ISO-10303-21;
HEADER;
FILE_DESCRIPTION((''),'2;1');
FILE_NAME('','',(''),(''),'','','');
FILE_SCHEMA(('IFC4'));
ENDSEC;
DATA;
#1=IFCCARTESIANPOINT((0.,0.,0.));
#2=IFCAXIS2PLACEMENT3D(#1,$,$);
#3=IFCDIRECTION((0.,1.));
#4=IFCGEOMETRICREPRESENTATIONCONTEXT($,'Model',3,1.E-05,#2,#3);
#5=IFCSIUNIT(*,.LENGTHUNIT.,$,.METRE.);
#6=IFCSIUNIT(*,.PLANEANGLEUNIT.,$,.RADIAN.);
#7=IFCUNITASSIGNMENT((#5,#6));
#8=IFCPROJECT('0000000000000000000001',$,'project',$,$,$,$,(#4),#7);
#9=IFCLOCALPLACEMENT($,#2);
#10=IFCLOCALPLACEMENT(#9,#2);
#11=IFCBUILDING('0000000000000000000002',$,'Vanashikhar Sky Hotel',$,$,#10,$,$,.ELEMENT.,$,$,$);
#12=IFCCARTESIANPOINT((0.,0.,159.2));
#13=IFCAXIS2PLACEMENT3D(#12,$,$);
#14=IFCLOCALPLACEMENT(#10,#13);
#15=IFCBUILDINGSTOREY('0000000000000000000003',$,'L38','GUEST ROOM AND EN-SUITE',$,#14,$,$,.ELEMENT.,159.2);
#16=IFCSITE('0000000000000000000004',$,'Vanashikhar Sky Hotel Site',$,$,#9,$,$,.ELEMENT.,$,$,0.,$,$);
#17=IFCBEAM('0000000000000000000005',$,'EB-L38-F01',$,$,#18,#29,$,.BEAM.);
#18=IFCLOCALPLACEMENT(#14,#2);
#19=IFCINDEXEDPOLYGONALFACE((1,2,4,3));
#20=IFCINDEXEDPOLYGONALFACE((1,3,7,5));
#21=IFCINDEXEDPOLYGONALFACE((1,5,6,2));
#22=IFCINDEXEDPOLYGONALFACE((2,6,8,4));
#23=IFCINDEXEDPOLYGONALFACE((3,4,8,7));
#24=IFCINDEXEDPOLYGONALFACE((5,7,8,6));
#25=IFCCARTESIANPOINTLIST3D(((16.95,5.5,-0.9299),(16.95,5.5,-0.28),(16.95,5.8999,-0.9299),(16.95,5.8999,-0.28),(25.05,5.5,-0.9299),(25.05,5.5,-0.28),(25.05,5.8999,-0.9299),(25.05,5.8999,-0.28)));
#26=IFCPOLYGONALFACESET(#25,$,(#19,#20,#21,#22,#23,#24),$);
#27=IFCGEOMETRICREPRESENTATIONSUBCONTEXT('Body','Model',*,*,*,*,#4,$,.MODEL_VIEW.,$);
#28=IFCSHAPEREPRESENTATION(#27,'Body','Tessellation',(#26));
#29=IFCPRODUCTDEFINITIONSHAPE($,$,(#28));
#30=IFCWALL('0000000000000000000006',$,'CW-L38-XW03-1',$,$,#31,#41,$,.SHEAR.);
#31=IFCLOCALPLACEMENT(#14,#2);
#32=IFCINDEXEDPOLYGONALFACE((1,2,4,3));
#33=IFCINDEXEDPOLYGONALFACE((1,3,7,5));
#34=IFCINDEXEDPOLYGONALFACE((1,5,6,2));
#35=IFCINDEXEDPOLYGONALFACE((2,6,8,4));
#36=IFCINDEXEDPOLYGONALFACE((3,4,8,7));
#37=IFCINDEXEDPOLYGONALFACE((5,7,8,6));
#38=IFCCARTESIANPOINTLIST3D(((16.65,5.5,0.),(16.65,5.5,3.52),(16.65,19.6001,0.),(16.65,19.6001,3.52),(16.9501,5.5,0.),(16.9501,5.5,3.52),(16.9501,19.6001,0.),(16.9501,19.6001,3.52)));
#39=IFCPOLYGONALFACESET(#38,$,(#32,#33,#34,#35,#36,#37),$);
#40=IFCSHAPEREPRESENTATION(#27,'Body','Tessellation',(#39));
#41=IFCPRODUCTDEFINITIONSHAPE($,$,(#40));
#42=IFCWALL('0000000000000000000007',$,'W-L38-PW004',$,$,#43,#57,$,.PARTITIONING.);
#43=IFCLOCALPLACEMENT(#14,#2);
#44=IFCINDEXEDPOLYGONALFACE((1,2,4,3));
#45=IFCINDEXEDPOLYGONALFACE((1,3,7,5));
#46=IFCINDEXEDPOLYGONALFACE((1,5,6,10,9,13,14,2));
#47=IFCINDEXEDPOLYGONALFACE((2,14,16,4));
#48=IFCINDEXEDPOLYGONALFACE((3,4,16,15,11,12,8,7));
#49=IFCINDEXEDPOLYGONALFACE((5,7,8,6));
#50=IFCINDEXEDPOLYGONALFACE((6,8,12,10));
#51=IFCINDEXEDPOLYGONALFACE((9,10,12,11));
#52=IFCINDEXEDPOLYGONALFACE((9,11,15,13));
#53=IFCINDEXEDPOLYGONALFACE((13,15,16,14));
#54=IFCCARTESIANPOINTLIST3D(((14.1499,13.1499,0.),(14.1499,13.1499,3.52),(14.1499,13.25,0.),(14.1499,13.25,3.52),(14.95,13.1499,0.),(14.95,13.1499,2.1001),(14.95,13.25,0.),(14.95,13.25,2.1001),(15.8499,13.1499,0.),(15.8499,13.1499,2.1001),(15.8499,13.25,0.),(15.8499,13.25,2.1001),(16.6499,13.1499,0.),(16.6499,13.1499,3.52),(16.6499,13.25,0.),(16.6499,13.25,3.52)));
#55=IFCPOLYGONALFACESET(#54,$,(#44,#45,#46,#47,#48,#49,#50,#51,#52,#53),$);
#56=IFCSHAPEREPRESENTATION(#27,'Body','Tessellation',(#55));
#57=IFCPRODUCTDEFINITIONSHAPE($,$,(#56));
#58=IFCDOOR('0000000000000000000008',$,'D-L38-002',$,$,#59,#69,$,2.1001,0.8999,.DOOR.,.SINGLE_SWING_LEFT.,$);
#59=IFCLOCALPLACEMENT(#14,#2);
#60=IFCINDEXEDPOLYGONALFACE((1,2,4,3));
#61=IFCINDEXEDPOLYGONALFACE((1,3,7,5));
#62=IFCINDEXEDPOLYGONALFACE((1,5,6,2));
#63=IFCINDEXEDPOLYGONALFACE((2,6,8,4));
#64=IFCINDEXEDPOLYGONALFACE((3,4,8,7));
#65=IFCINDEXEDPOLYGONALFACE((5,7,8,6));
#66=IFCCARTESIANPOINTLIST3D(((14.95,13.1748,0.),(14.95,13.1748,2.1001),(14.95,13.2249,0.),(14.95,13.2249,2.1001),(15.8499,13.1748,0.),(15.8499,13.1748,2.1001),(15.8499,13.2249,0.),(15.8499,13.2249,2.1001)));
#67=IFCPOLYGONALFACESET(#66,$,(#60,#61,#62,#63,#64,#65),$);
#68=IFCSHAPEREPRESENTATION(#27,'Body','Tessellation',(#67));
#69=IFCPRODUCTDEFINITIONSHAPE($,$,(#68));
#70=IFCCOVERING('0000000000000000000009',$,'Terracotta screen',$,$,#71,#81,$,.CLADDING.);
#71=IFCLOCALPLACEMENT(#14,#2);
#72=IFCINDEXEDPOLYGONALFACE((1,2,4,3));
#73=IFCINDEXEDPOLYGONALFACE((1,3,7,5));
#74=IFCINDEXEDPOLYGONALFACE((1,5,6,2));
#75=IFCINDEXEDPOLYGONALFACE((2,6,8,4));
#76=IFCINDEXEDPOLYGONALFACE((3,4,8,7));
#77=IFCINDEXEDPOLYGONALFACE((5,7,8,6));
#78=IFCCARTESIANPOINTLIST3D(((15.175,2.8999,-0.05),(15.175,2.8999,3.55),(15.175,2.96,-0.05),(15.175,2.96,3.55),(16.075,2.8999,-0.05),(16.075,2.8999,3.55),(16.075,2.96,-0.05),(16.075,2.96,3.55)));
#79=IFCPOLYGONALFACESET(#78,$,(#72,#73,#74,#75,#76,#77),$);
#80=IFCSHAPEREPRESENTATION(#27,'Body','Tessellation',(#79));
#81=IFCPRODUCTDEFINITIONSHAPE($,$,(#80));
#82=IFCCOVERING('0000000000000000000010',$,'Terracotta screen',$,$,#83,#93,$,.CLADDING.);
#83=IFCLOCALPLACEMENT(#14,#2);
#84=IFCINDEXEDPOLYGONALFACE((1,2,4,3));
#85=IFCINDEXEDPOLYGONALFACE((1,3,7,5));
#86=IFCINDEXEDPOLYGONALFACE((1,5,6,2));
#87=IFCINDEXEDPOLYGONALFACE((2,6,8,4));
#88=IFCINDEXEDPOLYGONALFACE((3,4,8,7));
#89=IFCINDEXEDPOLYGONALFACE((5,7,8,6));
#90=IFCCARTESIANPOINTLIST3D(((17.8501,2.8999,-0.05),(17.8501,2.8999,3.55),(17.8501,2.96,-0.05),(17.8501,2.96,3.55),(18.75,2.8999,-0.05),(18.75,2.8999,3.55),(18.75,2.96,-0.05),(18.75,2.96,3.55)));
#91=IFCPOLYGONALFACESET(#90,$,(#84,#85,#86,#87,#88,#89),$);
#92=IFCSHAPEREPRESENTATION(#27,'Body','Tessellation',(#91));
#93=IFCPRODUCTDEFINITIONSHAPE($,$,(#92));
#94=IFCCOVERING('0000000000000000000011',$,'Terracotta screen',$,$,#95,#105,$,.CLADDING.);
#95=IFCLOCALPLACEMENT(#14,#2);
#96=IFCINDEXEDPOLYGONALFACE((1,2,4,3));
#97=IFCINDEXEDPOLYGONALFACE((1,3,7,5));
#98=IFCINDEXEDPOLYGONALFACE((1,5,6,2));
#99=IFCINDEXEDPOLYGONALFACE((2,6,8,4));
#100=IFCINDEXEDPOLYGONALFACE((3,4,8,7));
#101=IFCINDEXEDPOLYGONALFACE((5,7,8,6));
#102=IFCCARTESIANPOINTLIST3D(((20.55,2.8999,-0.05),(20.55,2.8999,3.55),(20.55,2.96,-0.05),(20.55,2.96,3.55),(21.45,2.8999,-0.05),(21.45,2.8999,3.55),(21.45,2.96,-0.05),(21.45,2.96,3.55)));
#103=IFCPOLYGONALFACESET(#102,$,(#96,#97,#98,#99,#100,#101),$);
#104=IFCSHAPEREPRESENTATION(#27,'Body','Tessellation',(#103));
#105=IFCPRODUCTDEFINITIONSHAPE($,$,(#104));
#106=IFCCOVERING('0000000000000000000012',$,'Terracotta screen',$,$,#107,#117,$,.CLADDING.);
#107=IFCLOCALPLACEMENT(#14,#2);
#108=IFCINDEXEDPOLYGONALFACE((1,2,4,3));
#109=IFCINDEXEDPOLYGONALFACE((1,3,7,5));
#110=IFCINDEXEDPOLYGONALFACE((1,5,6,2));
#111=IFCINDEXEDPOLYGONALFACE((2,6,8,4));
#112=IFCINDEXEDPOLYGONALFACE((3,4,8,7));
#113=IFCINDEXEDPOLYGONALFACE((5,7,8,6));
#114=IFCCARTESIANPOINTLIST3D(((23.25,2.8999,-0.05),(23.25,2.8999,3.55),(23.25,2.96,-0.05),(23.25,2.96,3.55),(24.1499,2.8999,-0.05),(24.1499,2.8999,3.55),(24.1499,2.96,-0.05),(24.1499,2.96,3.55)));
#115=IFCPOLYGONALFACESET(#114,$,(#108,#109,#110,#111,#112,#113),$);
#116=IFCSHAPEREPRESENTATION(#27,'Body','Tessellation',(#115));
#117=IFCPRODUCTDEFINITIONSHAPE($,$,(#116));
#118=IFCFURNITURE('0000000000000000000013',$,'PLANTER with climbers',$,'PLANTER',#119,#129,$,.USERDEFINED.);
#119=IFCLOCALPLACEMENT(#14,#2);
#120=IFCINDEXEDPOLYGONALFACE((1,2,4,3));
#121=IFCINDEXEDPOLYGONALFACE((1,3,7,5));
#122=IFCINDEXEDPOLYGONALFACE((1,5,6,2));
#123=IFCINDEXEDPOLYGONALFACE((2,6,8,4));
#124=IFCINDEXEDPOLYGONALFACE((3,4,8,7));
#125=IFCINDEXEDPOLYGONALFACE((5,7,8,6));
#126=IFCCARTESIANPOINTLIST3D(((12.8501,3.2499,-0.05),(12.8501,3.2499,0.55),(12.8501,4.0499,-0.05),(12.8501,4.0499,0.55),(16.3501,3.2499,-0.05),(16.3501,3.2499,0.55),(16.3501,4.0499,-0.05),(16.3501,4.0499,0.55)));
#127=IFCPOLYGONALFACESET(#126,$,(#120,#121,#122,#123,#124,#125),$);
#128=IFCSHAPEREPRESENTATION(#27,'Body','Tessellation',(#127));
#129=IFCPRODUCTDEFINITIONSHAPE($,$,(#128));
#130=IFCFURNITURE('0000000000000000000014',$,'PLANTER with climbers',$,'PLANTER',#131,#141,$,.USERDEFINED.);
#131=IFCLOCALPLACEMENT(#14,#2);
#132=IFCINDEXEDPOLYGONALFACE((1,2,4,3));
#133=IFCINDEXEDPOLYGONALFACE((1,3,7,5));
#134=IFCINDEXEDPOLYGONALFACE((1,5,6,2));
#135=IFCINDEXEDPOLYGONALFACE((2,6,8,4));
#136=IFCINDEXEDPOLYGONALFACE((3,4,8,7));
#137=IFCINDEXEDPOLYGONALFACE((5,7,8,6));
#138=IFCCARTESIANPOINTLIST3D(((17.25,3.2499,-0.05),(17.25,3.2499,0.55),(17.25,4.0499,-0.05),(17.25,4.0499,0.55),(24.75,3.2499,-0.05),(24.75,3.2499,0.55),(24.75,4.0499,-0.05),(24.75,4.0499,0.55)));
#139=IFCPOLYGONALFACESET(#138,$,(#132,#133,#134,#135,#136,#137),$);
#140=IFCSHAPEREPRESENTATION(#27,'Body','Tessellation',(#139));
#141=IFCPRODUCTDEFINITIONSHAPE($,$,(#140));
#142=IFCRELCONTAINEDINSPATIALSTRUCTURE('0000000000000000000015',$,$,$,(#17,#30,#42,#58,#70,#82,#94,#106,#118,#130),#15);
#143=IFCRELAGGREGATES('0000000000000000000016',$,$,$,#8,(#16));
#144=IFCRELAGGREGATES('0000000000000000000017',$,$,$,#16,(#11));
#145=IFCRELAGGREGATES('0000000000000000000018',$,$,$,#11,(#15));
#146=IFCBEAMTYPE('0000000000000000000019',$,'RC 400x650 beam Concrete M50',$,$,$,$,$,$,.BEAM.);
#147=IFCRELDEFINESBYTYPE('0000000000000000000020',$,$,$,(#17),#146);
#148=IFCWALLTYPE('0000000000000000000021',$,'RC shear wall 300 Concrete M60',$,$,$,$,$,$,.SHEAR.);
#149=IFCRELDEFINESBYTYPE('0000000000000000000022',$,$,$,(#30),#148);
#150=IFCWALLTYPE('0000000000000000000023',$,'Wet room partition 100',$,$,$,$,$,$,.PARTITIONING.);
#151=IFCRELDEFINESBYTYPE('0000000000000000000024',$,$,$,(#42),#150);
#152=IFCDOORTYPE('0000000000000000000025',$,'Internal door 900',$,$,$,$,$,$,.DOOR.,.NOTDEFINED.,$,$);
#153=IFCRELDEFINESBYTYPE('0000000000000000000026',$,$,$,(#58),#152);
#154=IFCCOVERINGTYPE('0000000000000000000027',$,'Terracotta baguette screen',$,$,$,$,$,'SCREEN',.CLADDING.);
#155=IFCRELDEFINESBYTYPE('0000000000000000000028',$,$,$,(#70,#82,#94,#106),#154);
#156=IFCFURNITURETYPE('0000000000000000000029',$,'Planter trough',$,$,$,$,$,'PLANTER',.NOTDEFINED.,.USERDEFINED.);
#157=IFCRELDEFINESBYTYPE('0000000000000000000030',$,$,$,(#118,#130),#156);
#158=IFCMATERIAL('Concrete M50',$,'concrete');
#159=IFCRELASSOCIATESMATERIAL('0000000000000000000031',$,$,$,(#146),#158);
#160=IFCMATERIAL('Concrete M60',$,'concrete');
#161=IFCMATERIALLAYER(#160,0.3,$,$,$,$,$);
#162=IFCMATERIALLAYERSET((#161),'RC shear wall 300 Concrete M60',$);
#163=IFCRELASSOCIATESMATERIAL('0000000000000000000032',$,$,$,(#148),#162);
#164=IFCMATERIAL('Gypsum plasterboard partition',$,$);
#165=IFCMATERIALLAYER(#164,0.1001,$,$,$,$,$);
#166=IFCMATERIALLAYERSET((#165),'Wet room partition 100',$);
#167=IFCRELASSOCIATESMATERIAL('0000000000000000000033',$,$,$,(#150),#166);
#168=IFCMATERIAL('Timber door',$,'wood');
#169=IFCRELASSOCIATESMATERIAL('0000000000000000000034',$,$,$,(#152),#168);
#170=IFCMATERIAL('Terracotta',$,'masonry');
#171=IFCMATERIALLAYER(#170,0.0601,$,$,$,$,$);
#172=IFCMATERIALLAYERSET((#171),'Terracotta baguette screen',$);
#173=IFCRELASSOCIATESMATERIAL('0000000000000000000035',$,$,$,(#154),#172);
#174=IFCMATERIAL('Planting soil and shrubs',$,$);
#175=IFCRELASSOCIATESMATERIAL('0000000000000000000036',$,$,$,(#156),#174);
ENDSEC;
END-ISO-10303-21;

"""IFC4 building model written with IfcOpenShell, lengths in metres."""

from ifc_helpers import new_model, si_unit, direction, frame, frame_2d, origin, origin_2d, place, context, subcontext, project, spatial, rectangle, extrude, source, transform, mapped, material, layer, layer_set, material_profile, profile_set, type_object, element, fill, save


model = new_model("IFC4")

# Units and contexts
model_context = context("Model", 3, precision=1e-05, world=origin(), true_north=direction((0.0, 1.0)))
body_context = subcontext(model_context, "Body", "Model", "MODEL_VIEW")
ifc_project = project(units=[si_unit("LENGTHUNIT", "METRE"), si_unit("PLANEANGLEUNIT", "RADIAN")], contexts=[model_context])

# Site, building, storey
site_placement = place(None, origin())
site = spatial("IfcSite", under=ifc_project, at=site_placement, Name="Vanashikhar Sky Hotel Site", CompositionType="ELEMENT", RefElevation=0.0)
building_placement = place(site_placement, origin())
building = spatial("IfcBuilding", under=site, at=building_placement, Name="Vanashikhar Sky Hotel", CompositionType="ELEMENT")
storey_placement = place(building_placement, frame((0.0, 0.0, 159.2)))
storey = spatial("IfcBuildingStorey", under=building, at=storey_placement, Name="L38", Description="GUEST ROOM AND EN-SUITE", CompositionType="ELEMENT", Elevation=159.2)

# Beam
ifc_material_1 = material(Name="Concrete M50", Category="concrete")
ifc_material_profile = material_profile(ifc_material_1, rectangle(XDim=0.3999, YDim=0.6499, at=origin_2d()))
ifc_profile_set = profile_set([ifc_material_profile], Name="RC 400x650 beam Concrete M50")
beam_type = type_object("IfcBeamType", Name="RC 400x650 beam Concrete M50", PredefinedType="BEAM", material=ifc_profile_set)
shared_shape_1 = source(origin(), body_context, "Body", "SweptSolid", [
    extrude(rectangle(XDim=0.3999, YDim=0.6499, at=origin_2d()), origin(), (0.0, 0.0, 1.0), 8.1001),
])
beam_placement = place(storey_placement, frame((16.95, 5.7, -0.605), z_axis=(1.0, 0.0, 0.0), x_axis=(0.0, 1.0, 0.0)))
element("IfcBeam", 1, at=beam_placement, inside=storey, type_object=beam_type, Name="EB-L38-F01", PredefinedType="BEAM", context=body_context, shape_type="MappedRepresentation", body=[
    mapped(shared_shape_1, transform((0.0, 0.0, 0.0), scale=1.0)),
])

# Wall
ifc_material_2 = material(Name="Concrete M60", Category="concrete")
ifc_layer_1 = layer(ifc_material_2, 0.3)
ifc_layer_set_1 = layer_set([ifc_layer_1], Name="RC shear wall 300 Concrete M60")
wall_type_1 = type_object("IfcWallType", Name="RC shear wall 300 Concrete M60", PredefinedType="SHEAR", material=ifc_layer_set_1)
shared_shape_2 = source(origin(), body_context, "Body", "SweptSolid", [
    extrude(rectangle(XDim=14.1001, YDim=0.3, at=frame_2d((7.05, 0.0))), origin(), (0.0, 0.0, 1.0), 3.52),
])
wall_1_placement = place(storey_placement, frame((16.8, 5.5, 0.0), z_axis=(0.0, 0.0, 1.0), x_axis=(0.0, 1.0, 0.0)))
element("IfcWall", 2, at=wall_1_placement, inside=storey, type_object=wall_type_1, Name="CW-L38-XW03-1", PredefinedType="SHEAR", context=body_context, shape_type="MappedRepresentation", body=[
    mapped(shared_shape_2, transform((0.0, 0.0, 0.0), scale=1.0)),
])

# Wall, opening, door
ifc_material_3 = material(Name="Gypsum plasterboard partition")
ifc_layer_2 = layer(ifc_material_3, 0.1001)
ifc_layer_set_2 = layer_set([ifc_layer_2], Name="Wet room partition 100")
wall_type_2 = type_object("IfcWallType", Name="Wet room partition 100", PredefinedType="PARTITIONING", material=ifc_layer_set_2)
shared_shape_3 = source(origin(), body_context, "Body", "SweptSolid", [
    extrude(rectangle(XDim=2.5, YDim=0.1001, at=frame_2d((1.25, 0.0))), origin(), (0.0, 0.0, 1.0), 3.52),
])
wall_2_placement = place(storey_placement, frame((14.1499, 13.2, 0.0), z_axis=(0.0, 0.0, 1.0), x_axis=(1.0, 0.0, 0.0)))
wall_2 = element("IfcWall", 3, at=wall_2_placement, inside=storey, type_object=wall_type_2, Name="W-L38-PW004", PredefinedType="PARTITIONING", context=body_context, shape_type="MappedRepresentation", body=[
    mapped(shared_shape_3, transform((0.0, 0.0, 0.0), scale=1.0)),
])
shared_shape_4 = source(origin(), body_context, "Body", "SweptSolid", [
    extrude(rectangle(XDim=0.8999, YDim=2.1001, at=frame_2d((0.45, 1.05))), frame((0.0, 0.0601, 0.0), z_axis=(0.0, -1.0, 0.0), x_axis=(1.0, 0.0, 0.0)), (0.0, 0.0, 1.0), 0.1201),
])
opening_1_placement = place(wall_2_placement, frame((0.8, 0.0, 0.0)))
opening_1 = element("IfcOpeningElement", 4, at=opening_1_placement, cuts=wall_2, PredefinedType="OPENING", context=body_context, shape_type="MappedRepresentation", body=[
    mapped(shared_shape_4, transform((0.0, 0.0, 0.0), scale=1.0)),
])
ifc_material_4 = material(Name="Timber door", Category="wood")
door_type_1 = type_object("IfcDoorType", Name="Internal door 900", OperationType="NOTDEFINED", PredefinedType="DOOR", material=ifc_material_4)
shared_shape_5 = source(origin(), body_context, "Body", "SweptSolid", [
    extrude(rectangle(XDim=0.8999, YDim=2.1001, at=frame_2d((0.45, 1.05))), frame((0.0, 0.0249, 0.0), z_axis=(0.0, -1.0, 0.0), x_axis=(1.0, 0.0, 0.0)), (0.0, 0.0, 1.0), 0.05),
])
door_1_placement = place(opening_1_placement, origin())
door_1 = element("IfcDoor", 5, at=door_1_placement, inside=storey, type_object=door_type_1, Name="D-L38-002", OperationType="SINGLE_SWING_LEFT", OverallHeight=2.1001, OverallWidth=0.8999, PredefinedType="DOOR", context=body_context, shape_type="MappedRepresentation", body=[
    mapped(shared_shape_5, transform((0.0, 0.0, 0.0), scale=1.0)),
])
fill(opening_1, door_1)

# Coverings
ifc_material_5 = material(Name="Terracotta", Category="masonry")
ifc_layer_3 = layer(ifc_material_5, 0.0601)
ifc_layer_set_3 = layer_set([ifc_layer_3], Name="Terracotta baguette screen")
covering_type = type_object("IfcCoveringType", Name="Terracotta baguette screen", ElementType="SCREEN", PredefinedType="CLADDING", material=ifc_layer_set_3)
shared_shape_6 = source(origin(), body_context, "Body", "SweptSolid", [
    extrude(rectangle(XDim=0.8999, YDim=0.0601, at=origin_2d()), origin(), (0.0, 0.0, 1.0), 3.6001),
])
for number, where, z_axis, x_axis, name in (
    (6, (15.625, 2.9299, -0.05), (0.0, 0.0, 1.0), (1.0, 0.0, 0.0), "Terracotta screen"),
    (7, (18.3, 2.9299, -0.05), (0.0, 0.0, 1.0), (1.0, 0.0, 0.0), "Terracotta screen"),
    (8, (21.0, 2.9299, -0.05), (0.0, 0.0, 1.0), (1.0, 0.0, 0.0), "Terracotta screen"),
    (9, (23.7, 2.9299, -0.05), (0.0, 0.0, 1.0), (1.0, 0.0, 0.0), "Terracotta screen"),
):
    element("IfcCovering", number, at=place(storey_placement, frame(where, z_axis=z_axis, x_axis=x_axis)), inside=storey, type_object=covering_type, Name=name, PredefinedType="CLADDING", context=body_context, shape_type="MappedRepresentation", body=[
        mapped(shared_shape_6, transform((0.0, 0.0, 0.0), scale=1.0)),
    ])

# Furniture
ifc_material_6 = material(Name="Planting soil and shrubs")
furniture_type = type_object("IfcFurnitureType", Name="Planter trough", ElementType="PLANTER", AssemblyPlace="NOTDEFINED", PredefinedType="USERDEFINED", material=ifc_material_6)
shared_shape_7 = source(origin(), body_context, "Body", "SweptSolid", [
    extrude(rectangle(XDim=3.5, YDim=0.8, at=origin_2d()), origin(), (0.0, 0.0, 1.0), 0.6001),
])
furniture_1_placement = place(storey_placement, frame((14.6001, 3.6499, -0.05), z_axis=(0.0, 0.0, 1.0), x_axis=(1.0, 0.0, 0.0)))
element("IfcFurniture", 10, at=furniture_1_placement, inside=storey, type_object=furniture_type, Name="PLANTER with climbers", ObjectType="PLANTER", PredefinedType="USERDEFINED", context=body_context, shape_type="MappedRepresentation", body=[
    mapped(shared_shape_7, transform((0.0, 0.0, 0.0), scale=1.0)),
])
shared_shape_8 = source(origin(), body_context, "Body", "SweptSolid", [
    extrude(rectangle(XDim=7.5, YDim=0.8, at=origin_2d()), origin(), (0.0, 0.0, 1.0), 0.6001),
])
furniture_2_placement = place(storey_placement, frame((21.0, 3.6499, -0.05), z_axis=(0.0, 0.0, 1.0), x_axis=(1.0, 0.0, 0.0)))
element("IfcFurniture", 11, at=furniture_2_placement, inside=storey, type_object=furniture_type, Name="PLANTER with climbers", ObjectType="PLANTER", PredefinedType="USERDEFINED", context=body_context, shape_type="MappedRepresentation", body=[
    mapped(shared_shape_8, transform((0.0, 0.0, 0.0), scale=1.0)),
])

save(model, "model.ifc")
